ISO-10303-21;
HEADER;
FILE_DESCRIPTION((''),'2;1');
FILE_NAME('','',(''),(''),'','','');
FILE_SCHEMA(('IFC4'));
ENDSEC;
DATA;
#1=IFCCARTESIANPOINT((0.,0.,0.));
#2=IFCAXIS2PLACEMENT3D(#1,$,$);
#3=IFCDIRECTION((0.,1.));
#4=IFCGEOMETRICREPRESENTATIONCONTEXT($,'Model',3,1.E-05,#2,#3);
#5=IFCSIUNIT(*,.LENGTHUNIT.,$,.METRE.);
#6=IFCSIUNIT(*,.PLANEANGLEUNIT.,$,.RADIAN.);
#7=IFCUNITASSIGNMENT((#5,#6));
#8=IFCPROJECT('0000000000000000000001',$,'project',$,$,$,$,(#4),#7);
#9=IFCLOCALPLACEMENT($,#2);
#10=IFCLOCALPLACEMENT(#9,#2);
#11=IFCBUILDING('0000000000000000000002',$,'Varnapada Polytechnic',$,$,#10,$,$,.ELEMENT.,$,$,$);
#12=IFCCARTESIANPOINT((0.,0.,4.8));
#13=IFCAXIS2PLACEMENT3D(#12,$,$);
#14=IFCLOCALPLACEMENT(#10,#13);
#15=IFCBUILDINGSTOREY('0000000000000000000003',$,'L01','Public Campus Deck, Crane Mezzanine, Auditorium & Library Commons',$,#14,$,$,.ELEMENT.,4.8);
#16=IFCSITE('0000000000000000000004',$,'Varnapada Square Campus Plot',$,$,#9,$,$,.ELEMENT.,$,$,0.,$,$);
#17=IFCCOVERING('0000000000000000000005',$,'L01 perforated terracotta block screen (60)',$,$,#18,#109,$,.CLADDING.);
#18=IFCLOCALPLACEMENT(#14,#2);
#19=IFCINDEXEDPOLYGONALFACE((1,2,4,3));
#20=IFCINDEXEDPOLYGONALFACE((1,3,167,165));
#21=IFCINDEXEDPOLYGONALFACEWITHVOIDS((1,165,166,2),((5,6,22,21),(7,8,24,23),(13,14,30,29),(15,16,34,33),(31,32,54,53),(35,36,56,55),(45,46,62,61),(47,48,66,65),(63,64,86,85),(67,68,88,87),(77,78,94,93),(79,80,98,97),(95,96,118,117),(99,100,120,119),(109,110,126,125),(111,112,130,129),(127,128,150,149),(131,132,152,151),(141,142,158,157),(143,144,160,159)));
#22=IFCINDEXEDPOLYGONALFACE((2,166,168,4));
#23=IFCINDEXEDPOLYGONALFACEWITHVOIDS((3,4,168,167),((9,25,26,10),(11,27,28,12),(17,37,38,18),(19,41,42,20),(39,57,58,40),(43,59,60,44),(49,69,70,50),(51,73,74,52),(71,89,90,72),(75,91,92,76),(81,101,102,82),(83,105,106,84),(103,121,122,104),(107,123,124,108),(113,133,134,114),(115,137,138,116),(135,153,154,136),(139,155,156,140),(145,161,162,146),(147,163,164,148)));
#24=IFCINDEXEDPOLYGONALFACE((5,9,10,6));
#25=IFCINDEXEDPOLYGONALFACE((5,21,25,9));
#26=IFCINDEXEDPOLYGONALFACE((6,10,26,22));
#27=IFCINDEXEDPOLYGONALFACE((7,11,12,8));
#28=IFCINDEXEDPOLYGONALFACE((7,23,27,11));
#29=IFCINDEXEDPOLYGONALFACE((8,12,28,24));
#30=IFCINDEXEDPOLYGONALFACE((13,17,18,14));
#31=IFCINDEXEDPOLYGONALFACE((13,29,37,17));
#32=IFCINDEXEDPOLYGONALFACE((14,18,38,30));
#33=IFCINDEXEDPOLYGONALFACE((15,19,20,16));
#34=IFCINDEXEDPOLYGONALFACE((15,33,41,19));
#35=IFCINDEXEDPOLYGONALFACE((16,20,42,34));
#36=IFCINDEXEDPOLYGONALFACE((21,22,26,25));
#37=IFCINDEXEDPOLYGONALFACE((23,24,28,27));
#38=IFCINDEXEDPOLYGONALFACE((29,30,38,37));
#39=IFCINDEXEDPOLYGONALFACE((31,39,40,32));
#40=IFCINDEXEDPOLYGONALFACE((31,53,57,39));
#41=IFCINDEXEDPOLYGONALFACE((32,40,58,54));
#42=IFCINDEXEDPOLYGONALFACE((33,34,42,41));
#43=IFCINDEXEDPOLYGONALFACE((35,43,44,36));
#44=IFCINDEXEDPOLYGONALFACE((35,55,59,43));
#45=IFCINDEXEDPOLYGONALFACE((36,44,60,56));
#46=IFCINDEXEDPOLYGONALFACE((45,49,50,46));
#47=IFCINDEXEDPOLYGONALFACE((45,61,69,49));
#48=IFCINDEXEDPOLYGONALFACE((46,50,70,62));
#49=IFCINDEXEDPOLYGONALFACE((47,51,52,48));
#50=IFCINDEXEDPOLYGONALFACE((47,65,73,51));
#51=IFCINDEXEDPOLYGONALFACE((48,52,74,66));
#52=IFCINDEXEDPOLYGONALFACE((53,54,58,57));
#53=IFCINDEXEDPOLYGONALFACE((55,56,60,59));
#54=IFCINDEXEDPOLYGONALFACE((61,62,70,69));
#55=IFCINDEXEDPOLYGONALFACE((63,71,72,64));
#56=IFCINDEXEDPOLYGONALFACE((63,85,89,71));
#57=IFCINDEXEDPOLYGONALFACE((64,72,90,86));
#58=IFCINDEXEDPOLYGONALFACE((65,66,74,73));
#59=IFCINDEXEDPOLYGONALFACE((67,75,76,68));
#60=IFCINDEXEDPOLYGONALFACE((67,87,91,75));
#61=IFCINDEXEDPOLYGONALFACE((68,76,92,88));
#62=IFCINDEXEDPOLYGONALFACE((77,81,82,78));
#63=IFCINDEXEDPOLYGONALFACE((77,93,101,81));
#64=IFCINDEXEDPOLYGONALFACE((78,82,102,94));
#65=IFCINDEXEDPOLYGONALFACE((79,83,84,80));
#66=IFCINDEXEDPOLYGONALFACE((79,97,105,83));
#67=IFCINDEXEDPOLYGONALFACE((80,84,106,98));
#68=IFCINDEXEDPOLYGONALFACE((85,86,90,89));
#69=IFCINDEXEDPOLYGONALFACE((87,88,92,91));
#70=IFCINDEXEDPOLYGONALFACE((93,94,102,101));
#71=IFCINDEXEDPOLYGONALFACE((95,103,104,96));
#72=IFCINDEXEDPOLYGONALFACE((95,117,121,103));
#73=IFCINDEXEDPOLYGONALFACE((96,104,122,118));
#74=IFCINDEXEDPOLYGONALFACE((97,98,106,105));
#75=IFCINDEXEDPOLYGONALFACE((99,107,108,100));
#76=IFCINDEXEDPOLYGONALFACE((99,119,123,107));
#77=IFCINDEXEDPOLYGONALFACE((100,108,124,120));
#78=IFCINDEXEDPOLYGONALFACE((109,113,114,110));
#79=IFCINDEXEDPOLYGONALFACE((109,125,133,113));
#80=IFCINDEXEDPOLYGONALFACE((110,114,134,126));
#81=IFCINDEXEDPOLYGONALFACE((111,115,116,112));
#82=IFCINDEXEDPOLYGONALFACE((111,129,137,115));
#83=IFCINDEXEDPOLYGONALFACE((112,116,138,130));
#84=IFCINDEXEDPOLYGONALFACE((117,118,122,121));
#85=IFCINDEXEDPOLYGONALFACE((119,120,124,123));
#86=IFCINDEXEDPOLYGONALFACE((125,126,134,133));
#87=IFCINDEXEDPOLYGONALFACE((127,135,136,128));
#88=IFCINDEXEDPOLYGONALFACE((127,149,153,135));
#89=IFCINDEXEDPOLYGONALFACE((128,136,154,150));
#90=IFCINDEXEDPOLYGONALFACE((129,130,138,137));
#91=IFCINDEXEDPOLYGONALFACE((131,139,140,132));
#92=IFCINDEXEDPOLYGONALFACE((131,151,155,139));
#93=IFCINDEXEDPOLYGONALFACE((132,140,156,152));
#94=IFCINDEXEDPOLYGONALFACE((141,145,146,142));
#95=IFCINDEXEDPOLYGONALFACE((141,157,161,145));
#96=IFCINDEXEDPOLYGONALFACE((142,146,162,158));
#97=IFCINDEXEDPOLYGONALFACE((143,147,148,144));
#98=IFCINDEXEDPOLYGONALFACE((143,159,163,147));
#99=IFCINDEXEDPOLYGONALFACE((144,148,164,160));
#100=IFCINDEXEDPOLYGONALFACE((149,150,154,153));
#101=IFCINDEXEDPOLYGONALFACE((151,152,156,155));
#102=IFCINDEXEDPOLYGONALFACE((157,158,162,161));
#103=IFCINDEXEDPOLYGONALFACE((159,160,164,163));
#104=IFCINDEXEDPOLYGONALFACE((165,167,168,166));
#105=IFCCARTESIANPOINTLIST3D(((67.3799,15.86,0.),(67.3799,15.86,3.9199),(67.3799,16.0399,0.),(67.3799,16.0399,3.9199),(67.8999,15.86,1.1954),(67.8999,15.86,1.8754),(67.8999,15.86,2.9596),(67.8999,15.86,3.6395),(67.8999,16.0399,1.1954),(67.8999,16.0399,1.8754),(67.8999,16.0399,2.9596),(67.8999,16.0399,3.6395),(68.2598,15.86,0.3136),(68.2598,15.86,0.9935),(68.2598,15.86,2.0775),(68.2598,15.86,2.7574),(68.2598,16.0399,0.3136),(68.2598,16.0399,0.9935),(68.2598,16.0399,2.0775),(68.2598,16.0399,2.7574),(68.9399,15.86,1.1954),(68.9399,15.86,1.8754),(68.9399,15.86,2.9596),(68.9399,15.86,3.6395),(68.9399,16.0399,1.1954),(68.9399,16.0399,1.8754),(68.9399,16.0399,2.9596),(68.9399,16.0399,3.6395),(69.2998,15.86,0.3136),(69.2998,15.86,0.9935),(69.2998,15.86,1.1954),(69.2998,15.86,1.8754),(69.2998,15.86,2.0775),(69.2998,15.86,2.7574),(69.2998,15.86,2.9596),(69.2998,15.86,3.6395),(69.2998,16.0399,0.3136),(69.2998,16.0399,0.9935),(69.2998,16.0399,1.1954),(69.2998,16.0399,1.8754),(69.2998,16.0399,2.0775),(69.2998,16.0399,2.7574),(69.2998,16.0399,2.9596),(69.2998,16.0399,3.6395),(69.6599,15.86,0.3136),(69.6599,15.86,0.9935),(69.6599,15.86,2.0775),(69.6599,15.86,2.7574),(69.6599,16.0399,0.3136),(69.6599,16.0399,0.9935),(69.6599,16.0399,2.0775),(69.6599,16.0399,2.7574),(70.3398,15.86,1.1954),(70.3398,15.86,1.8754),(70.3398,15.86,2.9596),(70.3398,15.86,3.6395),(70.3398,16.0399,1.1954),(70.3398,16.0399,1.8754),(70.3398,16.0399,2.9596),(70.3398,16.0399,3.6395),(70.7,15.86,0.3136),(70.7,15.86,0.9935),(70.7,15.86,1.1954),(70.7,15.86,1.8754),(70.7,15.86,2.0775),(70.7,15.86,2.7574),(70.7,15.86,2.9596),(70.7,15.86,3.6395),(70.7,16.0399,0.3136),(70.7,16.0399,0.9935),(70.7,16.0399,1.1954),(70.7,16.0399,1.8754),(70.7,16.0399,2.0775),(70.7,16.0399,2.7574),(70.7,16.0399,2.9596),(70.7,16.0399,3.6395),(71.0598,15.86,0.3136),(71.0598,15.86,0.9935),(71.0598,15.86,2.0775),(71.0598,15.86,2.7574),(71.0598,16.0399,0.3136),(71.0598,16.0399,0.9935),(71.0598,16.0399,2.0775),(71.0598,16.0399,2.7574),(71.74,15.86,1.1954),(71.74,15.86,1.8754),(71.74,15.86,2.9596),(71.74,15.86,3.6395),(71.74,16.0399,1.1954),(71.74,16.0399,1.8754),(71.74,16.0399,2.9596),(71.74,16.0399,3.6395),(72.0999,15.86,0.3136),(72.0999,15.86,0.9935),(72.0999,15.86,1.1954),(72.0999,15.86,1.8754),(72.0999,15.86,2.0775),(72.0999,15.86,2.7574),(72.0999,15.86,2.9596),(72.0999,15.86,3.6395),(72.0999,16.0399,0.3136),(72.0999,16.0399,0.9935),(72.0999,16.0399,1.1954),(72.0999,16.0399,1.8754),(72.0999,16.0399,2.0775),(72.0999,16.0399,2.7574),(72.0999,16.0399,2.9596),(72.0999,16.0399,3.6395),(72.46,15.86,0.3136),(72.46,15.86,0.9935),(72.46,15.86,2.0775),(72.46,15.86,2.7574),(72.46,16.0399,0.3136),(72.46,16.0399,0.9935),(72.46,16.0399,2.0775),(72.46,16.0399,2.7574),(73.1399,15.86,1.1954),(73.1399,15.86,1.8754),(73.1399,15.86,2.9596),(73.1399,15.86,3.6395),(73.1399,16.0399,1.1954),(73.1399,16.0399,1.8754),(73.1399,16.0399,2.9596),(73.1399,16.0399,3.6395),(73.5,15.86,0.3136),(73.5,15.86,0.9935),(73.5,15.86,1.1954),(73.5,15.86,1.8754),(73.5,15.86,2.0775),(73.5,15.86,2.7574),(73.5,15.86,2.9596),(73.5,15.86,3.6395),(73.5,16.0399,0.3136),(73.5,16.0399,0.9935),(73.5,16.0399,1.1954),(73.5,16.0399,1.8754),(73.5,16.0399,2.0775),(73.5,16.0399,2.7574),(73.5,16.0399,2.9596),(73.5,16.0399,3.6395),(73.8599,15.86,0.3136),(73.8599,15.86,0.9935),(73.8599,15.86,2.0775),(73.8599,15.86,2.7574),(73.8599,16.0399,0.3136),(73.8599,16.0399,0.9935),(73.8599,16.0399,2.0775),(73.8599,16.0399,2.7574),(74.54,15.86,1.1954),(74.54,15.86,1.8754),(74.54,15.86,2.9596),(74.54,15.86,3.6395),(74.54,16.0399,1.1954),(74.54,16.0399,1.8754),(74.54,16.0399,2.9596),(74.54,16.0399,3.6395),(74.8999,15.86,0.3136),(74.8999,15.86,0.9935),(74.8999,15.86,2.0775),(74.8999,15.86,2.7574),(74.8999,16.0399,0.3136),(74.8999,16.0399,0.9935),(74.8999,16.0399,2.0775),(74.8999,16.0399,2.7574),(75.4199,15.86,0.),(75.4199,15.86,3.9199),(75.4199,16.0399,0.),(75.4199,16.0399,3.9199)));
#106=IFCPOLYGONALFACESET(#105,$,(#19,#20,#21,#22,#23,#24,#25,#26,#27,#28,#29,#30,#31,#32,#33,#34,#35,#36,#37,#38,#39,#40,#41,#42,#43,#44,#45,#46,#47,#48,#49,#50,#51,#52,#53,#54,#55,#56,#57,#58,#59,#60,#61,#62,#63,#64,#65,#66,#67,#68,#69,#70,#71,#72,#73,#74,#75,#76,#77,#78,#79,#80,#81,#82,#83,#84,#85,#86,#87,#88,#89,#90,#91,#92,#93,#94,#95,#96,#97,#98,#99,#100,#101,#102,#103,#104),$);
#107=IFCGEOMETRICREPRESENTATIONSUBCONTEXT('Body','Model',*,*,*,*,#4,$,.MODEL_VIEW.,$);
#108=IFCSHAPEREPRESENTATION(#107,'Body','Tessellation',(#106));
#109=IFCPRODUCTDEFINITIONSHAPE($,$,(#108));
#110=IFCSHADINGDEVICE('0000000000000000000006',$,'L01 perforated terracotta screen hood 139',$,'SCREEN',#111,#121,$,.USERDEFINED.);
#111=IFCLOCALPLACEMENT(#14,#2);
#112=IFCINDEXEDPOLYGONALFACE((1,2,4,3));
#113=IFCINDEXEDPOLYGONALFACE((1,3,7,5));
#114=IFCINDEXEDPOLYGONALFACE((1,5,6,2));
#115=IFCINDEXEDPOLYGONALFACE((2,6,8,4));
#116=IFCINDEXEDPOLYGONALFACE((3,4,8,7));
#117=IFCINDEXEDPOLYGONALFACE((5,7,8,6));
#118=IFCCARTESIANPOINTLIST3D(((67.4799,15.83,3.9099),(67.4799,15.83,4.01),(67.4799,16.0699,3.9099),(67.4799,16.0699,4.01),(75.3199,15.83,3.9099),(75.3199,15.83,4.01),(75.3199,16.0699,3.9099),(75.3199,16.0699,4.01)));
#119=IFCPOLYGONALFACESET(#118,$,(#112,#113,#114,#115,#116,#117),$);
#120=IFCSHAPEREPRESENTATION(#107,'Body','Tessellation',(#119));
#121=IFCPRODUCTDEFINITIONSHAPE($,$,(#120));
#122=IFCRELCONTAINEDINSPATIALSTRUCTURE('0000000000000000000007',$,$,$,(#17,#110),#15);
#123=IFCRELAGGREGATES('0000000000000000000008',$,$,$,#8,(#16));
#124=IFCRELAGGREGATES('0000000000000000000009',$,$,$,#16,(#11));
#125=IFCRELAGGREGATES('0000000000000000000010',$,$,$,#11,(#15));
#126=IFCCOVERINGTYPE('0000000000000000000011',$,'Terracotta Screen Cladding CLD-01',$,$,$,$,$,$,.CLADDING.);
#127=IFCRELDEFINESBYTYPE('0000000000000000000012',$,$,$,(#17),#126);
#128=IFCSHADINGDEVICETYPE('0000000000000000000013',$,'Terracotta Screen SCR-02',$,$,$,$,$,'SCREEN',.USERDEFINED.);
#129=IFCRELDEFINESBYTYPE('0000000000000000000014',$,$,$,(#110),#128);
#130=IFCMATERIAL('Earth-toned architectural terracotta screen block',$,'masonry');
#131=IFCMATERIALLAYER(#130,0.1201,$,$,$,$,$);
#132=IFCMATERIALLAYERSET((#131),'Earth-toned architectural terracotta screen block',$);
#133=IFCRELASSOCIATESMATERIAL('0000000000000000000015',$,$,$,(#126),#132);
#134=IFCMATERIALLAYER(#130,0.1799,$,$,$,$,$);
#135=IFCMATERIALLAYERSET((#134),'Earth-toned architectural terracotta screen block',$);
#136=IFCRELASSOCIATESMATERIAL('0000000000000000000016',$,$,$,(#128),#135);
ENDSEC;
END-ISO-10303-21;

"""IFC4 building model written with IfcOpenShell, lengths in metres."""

from ifc_helpers import new_model, si_unit, direction, frame, frame_2d, origin, origin_2d, place, context, subcontext, project, spatial, rectangle, extrude, material, layer, layer_set, type_object, element, save


model = new_model("IFC4")

# Units and contexts
model_context = context("Model", 3, precision=1e-05, world=origin(), true_north=direction((0.0, 1.0)))
body_context = subcontext(model_context, "Body", "Model", "MODEL_VIEW")
ifc_project = project(units=[si_unit("LENGTHUNIT", "METRE"), si_unit("PLANEANGLEUNIT", "RADIAN")], contexts=[model_context])

# Site, building, storey
site_placement = place(None, origin())
site = spatial("IfcSite", under=ifc_project, at=site_placement, Name="Varnapada Square Campus Plot", CompositionType="ELEMENT", RefElevation=0.0)
building_placement = place(site_placement, origin())
building = spatial("IfcBuilding", under=site, at=building_placement, Name="Varnapada Polytechnic", CompositionType="ELEMENT")
storey_placement = place(building_placement, frame((0.0, 0.0, 4.8)))
storey = spatial("IfcBuildingStorey", under=building, at=storey_placement, Name="L01", Description="Public Campus Deck, Crane Mezzanine, Auditorium & Library Commons", CompositionType="ELEMENT", Elevation=4.8)

# Covering, openings
ifc_material_1 = material(Name="Earth-toned architectural terracotta screen block", Category="masonry")
ifc_layer_1 = layer(ifc_material_1, 0.1201)
ifc_layer_set_1 = layer_set([ifc_layer_1], Name="Earth-toned architectural terracotta screen block")
covering_type = type_object("IfcCoveringType", Name="Terracotta Screen Cladding CLD-01", PredefinedType="CLADDING", material=ifc_layer_set_1)
covering_placement = place(storey_placement, frame((75.4199, 15.95, 0.0), z_axis=(0.0, 0.0, 1.0), x_axis=(-1.0, 0.0, 0.0)))
covering = element("IfcCovering", 1, at=covering_placement, inside=storey, type_object=covering_type, Name="L01 perforated terracotta block screen (60)", PredefinedType="CLADDING", context=body_context, shape_type="SweptSolid", body=[
    extrude(rectangle(XDim=8.04, YDim=0.1799, at=frame_2d((4.02, 0.0))), origin(), (0.0, 0.0, 1.0), 3.9199),
])
opening_1_placement = place(covering_placement, frame((0.52, 0.0, 0.3137)))
element("IfcOpeningElement", 2, at=opening_1_placement, cuts=covering, PredefinedType="OPENING", context=body_context, shape_type="SweptSolid", body=[
    extrude(rectangle(XDim=1.04, YDim=0.6799, at=frame_2d((0.52, 0.3398))), frame((0.0, 0.0999, 0.0), z_axis=(0.0, -1.0, 0.0), x_axis=(1.0, 0.0, 0.0)), (0.0, 0.0, 1.0), 0.2),
])
opening_2_placement = place(covering_placement, frame((1.9199, 0.0, 0.3137)))
element("IfcOpeningElement", 3, at=opening_2_placement, cuts=covering, PredefinedType="OPENING", context=body_context, shape_type="SweptSolid", body=[
    extrude(rectangle(XDim=1.04, YDim=0.6799, at=frame_2d((0.52, 0.3398))), frame((0.0, 0.0999, 0.0), z_axis=(0.0, -1.0, 0.0), x_axis=(1.0, 0.0, 0.0)), (0.0, 0.0, 1.0), 0.2),
])
opening_3_placement = place(covering_placement, frame((3.3201, 0.0, 0.3137)))
element("IfcOpeningElement", 4, at=opening_3_placement, cuts=covering, PredefinedType="OPENING", context=body_context, shape_type="SweptSolid", body=[
    extrude(rectangle(XDim=1.04, YDim=0.6799, at=frame_2d((0.52, 0.3398))), frame((0.0, 0.0999, 0.0), z_axis=(0.0, -1.0, 0.0), x_axis=(1.0, 0.0, 0.0)), (0.0, 0.0, 1.0), 0.2),
])
opening_4_placement = place(covering_placement, frame((4.72, 0.0, 0.3137)))
element("IfcOpeningElement", 5, at=opening_4_placement, cuts=covering, PredefinedType="OPENING", context=body_context, shape_type="SweptSolid", body=[
    extrude(rectangle(XDim=1.04, YDim=0.6799, at=frame_2d((0.52, 0.3398))), frame((0.0, 0.0999, 0.0), z_axis=(0.0, -1.0, 0.0), x_axis=(1.0, 0.0, 0.0)), (0.0, 0.0, 1.0), 0.2),
])
opening_5_placement = place(covering_placement, frame((6.1201, 0.0, 0.3137)))
element("IfcOpeningElement", 6, at=opening_5_placement, cuts=covering, PredefinedType="OPENING", context=body_context, shape_type="SweptSolid", body=[
    extrude(rectangle(XDim=1.04, YDim=0.6799, at=frame_2d((0.52, 0.3398))), frame((0.0, 0.0999, 0.0), z_axis=(0.0, -1.0, 0.0), x_axis=(1.0, 0.0, 0.0)), (0.0, 0.0, 1.0), 0.2),
])
opening_6_placement = place(covering_placement, frame((0.8799, 0.0, 1.1956)))
element("IfcOpeningElement", 7, at=opening_6_placement, cuts=covering, PredefinedType="OPENING", context=body_context, shape_type="SweptSolid", body=[
    extrude(rectangle(XDim=1.04, YDim=0.6799, at=frame_2d((0.52, 0.3398))), frame((0.0, 0.0999, 0.0), z_axis=(0.0, -1.0, 0.0), x_axis=(1.0, 0.0, 0.0)), (0.0, 0.0, 1.0), 0.2),
])
opening_7_placement = place(covering_placement, frame((2.28, 0.0, 1.1956)))
element("IfcOpeningElement", 8, at=opening_7_placement, cuts=covering, PredefinedType="OPENING", context=body_context, shape_type="SweptSolid", body=[
    extrude(rectangle(XDim=1.04, YDim=0.6799, at=frame_2d((0.52, 0.3398))), frame((0.0, 0.0999, 0.0), z_axis=(0.0, -1.0, 0.0), x_axis=(1.0, 0.0, 0.0)), (0.0, 0.0, 1.0), 0.2),
])
opening_8_placement = place(covering_placement, frame((3.6799, 0.0, 1.1956)))
element("IfcOpeningElement", 9, at=opening_8_placement, cuts=covering, PredefinedType="OPENING", context=body_context, shape_type="SweptSolid", body=[
    extrude(rectangle(XDim=1.04, YDim=0.6799, at=frame_2d((0.52, 0.3398))), frame((0.0, 0.0999, 0.0), z_axis=(0.0, -1.0, 0.0), x_axis=(1.0, 0.0, 0.0)), (0.0, 0.0, 1.0), 0.2),
])
opening_9_placement = place(covering_placement, frame((5.0801, 0.0, 1.1956)))
element("IfcOpeningElement", 10, at=opening_9_placement, cuts=covering, PredefinedType="OPENING", context=body_context, shape_type="SweptSolid", body=[
    extrude(rectangle(XDim=1.04, YDim=0.6799, at=frame_2d((0.52, 0.3398))), frame((0.0, 0.0999, 0.0), z_axis=(0.0, -1.0, 0.0), x_axis=(1.0, 0.0, 0.0)), (0.0, 0.0, 1.0), 0.2),
])
opening_10_placement = place(covering_placement, frame((6.48, 0.0, 1.1956)))
element("IfcOpeningElement", 11, at=opening_10_placement, cuts=covering, PredefinedType="OPENING", context=body_context, shape_type="SweptSolid", body=[
    extrude(rectangle(XDim=1.04, YDim=0.6799, at=frame_2d((0.52, 0.3398))), frame((0.0, 0.0999, 0.0), z_axis=(0.0, -1.0, 0.0), x_axis=(1.0, 0.0, 0.0)), (0.0, 0.0, 1.0), 0.2),
])
opening_11_placement = place(covering_placement, frame((0.52, 0.0, 2.0776)))
element("IfcOpeningElement", 12, at=opening_11_placement, cuts=covering, PredefinedType="OPENING", context=body_context, shape_type="SweptSolid", body=[
    extrude(rectangle(XDim=1.04, YDim=0.6799, at=frame_2d((0.52, 0.3398))), frame((0.0, 0.0999, 0.0), z_axis=(0.0, -1.0, 0.0), x_axis=(1.0, 0.0, 0.0)), (0.0, 0.0, 1.0), 0.2),
])
opening_12_placement = place(covering_placement, frame((1.9199, 0.0, 2.0776)))
element("IfcOpeningElement", 13, at=opening_12_placement, cuts=covering, PredefinedType="OPENING", context=body_context, shape_type="SweptSolid", body=[
    extrude(rectangle(XDim=1.04, YDim=0.6799, at=frame_2d((0.52, 0.3398))), frame((0.0, 0.0999, 0.0), z_axis=(0.0, -1.0, 0.0), x_axis=(1.0, 0.0, 0.0)), (0.0, 0.0, 1.0), 0.2),
])
opening_13_placement = place(covering_placement, frame((3.3201, 0.0, 2.0776)))
element("IfcOpeningElement", 14, at=opening_13_placement, cuts=covering, PredefinedType="OPENING", context=body_context, shape_type="SweptSolid", body=[
    extrude(rectangle(XDim=1.04, YDim=0.6799, at=frame_2d((0.52, 0.3398))), frame((0.0, 0.0999, 0.0), z_axis=(0.0, -1.0, 0.0), x_axis=(1.0, 0.0, 0.0)), (0.0, 0.0, 1.0), 0.2),
])
opening_14_placement = place(covering_placement, frame((4.72, 0.0, 2.0776)))
element("IfcOpeningElement", 15, at=opening_14_placement, cuts=covering, PredefinedType="OPENING", context=body_context, shape_type="SweptSolid", body=[
    extrude(rectangle(XDim=1.04, YDim=0.6799, at=frame_2d((0.52, 0.3398))), frame((0.0, 0.0999, 0.0), z_axis=(0.0, -1.0, 0.0), x_axis=(1.0, 0.0, 0.0)), (0.0, 0.0, 1.0), 0.2),
])
opening_15_placement = place(covering_placement, frame((6.1201, 0.0, 2.0776)))
element("IfcOpeningElement", 16, at=opening_15_placement, cuts=covering, PredefinedType="OPENING", context=body_context, shape_type="SweptSolid", body=[
    extrude(rectangle(XDim=1.04, YDim=0.6799, at=frame_2d((0.52, 0.3398))), frame((0.0, 0.0999, 0.0), z_axis=(0.0, -1.0, 0.0), x_axis=(1.0, 0.0, 0.0)), (0.0, 0.0, 1.0), 0.2),
])
opening_16_placement = place(covering_placement, frame((0.8799, 0.0, 2.9597)))
element("IfcOpeningElement", 17, at=opening_16_placement, cuts=covering, PredefinedType="OPENING", context=body_context, shape_type="SweptSolid", body=[
    extrude(rectangle(XDim=1.04, YDim=0.6799, at=frame_2d((0.52, 0.3398))), frame((0.0, 0.0999, 0.0), z_axis=(0.0, -1.0, 0.0), x_axis=(1.0, 0.0, 0.0)), (0.0, 0.0, 1.0), 0.2),
])
opening_17_placement = place(covering_placement, frame((2.28, 0.0, 2.9597)))
element("IfcOpeningElement", 18, at=opening_17_placement, cuts=covering, PredefinedType="OPENING", context=body_context, shape_type="SweptSolid", body=[
    extrude(rectangle(XDim=1.04, YDim=0.6799, at=frame_2d((0.52, 0.3398))), frame((0.0, 0.0999, 0.0), z_axis=(0.0, -1.0, 0.0), x_axis=(1.0, 0.0, 0.0)), (0.0, 0.0, 1.0), 0.2),
])
opening_18_placement = place(covering_placement, frame((3.6799, 0.0, 2.9597)))
element("IfcOpeningElement", 19, at=opening_18_placement, cuts=covering, PredefinedType="OPENING", context=body_context, shape_type="SweptSolid", body=[
    extrude(rectangle(XDim=1.04, YDim=0.6799, at=frame_2d((0.52, 0.3398))), frame((0.0, 0.0999, 0.0), z_axis=(0.0, -1.0, 0.0), x_axis=(1.0, 0.0, 0.0)), (0.0, 0.0, 1.0), 0.2),
])
opening_19_placement = place(covering_placement, frame((5.0801, 0.0, 2.9597)))
element("IfcOpeningElement", 20, at=opening_19_placement, cuts=covering, PredefinedType="OPENING", context=body_context, shape_type="SweptSolid", body=[
    extrude(rectangle(XDim=1.04, YDim=0.6799, at=frame_2d((0.52, 0.3398))), frame((0.0, 0.0999, 0.0), z_axis=(0.0, -1.0, 0.0), x_axis=(1.0, 0.0, 0.0)), (0.0, 0.0, 1.0), 0.2),
])
opening_20_placement = place(covering_placement, frame((6.48, 0.0, 2.9597)))
element("IfcOpeningElement", 21, at=opening_20_placement, cuts=covering, PredefinedType="OPENING", context=body_context, shape_type="SweptSolid", body=[
    extrude(rectangle(XDim=1.04, YDim=0.6799, at=frame_2d((0.52, 0.3398))), frame((0.0, 0.0999, 0.0), z_axis=(0.0, -1.0, 0.0), x_axis=(1.0, 0.0, 0.0)), (0.0, 0.0, 1.0), 0.2),
])

# Shading device
ifc_layer_2 = layer(ifc_material_1, 0.1799)
ifc_layer_set_2 = layer_set([ifc_layer_2], Name="Earth-toned architectural terracotta screen block")
shading_device_type = type_object("IfcShadingDeviceType", Name="Terracotta Screen SCR-02", ElementType="SCREEN", PredefinedType="USERDEFINED", material=ifc_layer_set_2)
shading_device_placement = place(storey_placement, frame((71.3999, 15.95, 3.9099), z_axis=(0.0, 0.0, 1.0), x_axis=(-1.0, 0.0, 0.0)))
element("IfcShadingDevice", 22, at=shading_device_placement, inside=storey, type_object=shading_device_type, Name="L01 perforated terracotta screen hood 139", ObjectType="SCREEN", PredefinedType="USERDEFINED", context=body_context, shape_type="SweptSolid", body=[
    extrude(rectangle(XDim=7.8401, YDim=0.24, at=origin_2d()), origin(), (0.0, 0.0, 1.0), 0.1001),
])

save(model, "model.ifc")
